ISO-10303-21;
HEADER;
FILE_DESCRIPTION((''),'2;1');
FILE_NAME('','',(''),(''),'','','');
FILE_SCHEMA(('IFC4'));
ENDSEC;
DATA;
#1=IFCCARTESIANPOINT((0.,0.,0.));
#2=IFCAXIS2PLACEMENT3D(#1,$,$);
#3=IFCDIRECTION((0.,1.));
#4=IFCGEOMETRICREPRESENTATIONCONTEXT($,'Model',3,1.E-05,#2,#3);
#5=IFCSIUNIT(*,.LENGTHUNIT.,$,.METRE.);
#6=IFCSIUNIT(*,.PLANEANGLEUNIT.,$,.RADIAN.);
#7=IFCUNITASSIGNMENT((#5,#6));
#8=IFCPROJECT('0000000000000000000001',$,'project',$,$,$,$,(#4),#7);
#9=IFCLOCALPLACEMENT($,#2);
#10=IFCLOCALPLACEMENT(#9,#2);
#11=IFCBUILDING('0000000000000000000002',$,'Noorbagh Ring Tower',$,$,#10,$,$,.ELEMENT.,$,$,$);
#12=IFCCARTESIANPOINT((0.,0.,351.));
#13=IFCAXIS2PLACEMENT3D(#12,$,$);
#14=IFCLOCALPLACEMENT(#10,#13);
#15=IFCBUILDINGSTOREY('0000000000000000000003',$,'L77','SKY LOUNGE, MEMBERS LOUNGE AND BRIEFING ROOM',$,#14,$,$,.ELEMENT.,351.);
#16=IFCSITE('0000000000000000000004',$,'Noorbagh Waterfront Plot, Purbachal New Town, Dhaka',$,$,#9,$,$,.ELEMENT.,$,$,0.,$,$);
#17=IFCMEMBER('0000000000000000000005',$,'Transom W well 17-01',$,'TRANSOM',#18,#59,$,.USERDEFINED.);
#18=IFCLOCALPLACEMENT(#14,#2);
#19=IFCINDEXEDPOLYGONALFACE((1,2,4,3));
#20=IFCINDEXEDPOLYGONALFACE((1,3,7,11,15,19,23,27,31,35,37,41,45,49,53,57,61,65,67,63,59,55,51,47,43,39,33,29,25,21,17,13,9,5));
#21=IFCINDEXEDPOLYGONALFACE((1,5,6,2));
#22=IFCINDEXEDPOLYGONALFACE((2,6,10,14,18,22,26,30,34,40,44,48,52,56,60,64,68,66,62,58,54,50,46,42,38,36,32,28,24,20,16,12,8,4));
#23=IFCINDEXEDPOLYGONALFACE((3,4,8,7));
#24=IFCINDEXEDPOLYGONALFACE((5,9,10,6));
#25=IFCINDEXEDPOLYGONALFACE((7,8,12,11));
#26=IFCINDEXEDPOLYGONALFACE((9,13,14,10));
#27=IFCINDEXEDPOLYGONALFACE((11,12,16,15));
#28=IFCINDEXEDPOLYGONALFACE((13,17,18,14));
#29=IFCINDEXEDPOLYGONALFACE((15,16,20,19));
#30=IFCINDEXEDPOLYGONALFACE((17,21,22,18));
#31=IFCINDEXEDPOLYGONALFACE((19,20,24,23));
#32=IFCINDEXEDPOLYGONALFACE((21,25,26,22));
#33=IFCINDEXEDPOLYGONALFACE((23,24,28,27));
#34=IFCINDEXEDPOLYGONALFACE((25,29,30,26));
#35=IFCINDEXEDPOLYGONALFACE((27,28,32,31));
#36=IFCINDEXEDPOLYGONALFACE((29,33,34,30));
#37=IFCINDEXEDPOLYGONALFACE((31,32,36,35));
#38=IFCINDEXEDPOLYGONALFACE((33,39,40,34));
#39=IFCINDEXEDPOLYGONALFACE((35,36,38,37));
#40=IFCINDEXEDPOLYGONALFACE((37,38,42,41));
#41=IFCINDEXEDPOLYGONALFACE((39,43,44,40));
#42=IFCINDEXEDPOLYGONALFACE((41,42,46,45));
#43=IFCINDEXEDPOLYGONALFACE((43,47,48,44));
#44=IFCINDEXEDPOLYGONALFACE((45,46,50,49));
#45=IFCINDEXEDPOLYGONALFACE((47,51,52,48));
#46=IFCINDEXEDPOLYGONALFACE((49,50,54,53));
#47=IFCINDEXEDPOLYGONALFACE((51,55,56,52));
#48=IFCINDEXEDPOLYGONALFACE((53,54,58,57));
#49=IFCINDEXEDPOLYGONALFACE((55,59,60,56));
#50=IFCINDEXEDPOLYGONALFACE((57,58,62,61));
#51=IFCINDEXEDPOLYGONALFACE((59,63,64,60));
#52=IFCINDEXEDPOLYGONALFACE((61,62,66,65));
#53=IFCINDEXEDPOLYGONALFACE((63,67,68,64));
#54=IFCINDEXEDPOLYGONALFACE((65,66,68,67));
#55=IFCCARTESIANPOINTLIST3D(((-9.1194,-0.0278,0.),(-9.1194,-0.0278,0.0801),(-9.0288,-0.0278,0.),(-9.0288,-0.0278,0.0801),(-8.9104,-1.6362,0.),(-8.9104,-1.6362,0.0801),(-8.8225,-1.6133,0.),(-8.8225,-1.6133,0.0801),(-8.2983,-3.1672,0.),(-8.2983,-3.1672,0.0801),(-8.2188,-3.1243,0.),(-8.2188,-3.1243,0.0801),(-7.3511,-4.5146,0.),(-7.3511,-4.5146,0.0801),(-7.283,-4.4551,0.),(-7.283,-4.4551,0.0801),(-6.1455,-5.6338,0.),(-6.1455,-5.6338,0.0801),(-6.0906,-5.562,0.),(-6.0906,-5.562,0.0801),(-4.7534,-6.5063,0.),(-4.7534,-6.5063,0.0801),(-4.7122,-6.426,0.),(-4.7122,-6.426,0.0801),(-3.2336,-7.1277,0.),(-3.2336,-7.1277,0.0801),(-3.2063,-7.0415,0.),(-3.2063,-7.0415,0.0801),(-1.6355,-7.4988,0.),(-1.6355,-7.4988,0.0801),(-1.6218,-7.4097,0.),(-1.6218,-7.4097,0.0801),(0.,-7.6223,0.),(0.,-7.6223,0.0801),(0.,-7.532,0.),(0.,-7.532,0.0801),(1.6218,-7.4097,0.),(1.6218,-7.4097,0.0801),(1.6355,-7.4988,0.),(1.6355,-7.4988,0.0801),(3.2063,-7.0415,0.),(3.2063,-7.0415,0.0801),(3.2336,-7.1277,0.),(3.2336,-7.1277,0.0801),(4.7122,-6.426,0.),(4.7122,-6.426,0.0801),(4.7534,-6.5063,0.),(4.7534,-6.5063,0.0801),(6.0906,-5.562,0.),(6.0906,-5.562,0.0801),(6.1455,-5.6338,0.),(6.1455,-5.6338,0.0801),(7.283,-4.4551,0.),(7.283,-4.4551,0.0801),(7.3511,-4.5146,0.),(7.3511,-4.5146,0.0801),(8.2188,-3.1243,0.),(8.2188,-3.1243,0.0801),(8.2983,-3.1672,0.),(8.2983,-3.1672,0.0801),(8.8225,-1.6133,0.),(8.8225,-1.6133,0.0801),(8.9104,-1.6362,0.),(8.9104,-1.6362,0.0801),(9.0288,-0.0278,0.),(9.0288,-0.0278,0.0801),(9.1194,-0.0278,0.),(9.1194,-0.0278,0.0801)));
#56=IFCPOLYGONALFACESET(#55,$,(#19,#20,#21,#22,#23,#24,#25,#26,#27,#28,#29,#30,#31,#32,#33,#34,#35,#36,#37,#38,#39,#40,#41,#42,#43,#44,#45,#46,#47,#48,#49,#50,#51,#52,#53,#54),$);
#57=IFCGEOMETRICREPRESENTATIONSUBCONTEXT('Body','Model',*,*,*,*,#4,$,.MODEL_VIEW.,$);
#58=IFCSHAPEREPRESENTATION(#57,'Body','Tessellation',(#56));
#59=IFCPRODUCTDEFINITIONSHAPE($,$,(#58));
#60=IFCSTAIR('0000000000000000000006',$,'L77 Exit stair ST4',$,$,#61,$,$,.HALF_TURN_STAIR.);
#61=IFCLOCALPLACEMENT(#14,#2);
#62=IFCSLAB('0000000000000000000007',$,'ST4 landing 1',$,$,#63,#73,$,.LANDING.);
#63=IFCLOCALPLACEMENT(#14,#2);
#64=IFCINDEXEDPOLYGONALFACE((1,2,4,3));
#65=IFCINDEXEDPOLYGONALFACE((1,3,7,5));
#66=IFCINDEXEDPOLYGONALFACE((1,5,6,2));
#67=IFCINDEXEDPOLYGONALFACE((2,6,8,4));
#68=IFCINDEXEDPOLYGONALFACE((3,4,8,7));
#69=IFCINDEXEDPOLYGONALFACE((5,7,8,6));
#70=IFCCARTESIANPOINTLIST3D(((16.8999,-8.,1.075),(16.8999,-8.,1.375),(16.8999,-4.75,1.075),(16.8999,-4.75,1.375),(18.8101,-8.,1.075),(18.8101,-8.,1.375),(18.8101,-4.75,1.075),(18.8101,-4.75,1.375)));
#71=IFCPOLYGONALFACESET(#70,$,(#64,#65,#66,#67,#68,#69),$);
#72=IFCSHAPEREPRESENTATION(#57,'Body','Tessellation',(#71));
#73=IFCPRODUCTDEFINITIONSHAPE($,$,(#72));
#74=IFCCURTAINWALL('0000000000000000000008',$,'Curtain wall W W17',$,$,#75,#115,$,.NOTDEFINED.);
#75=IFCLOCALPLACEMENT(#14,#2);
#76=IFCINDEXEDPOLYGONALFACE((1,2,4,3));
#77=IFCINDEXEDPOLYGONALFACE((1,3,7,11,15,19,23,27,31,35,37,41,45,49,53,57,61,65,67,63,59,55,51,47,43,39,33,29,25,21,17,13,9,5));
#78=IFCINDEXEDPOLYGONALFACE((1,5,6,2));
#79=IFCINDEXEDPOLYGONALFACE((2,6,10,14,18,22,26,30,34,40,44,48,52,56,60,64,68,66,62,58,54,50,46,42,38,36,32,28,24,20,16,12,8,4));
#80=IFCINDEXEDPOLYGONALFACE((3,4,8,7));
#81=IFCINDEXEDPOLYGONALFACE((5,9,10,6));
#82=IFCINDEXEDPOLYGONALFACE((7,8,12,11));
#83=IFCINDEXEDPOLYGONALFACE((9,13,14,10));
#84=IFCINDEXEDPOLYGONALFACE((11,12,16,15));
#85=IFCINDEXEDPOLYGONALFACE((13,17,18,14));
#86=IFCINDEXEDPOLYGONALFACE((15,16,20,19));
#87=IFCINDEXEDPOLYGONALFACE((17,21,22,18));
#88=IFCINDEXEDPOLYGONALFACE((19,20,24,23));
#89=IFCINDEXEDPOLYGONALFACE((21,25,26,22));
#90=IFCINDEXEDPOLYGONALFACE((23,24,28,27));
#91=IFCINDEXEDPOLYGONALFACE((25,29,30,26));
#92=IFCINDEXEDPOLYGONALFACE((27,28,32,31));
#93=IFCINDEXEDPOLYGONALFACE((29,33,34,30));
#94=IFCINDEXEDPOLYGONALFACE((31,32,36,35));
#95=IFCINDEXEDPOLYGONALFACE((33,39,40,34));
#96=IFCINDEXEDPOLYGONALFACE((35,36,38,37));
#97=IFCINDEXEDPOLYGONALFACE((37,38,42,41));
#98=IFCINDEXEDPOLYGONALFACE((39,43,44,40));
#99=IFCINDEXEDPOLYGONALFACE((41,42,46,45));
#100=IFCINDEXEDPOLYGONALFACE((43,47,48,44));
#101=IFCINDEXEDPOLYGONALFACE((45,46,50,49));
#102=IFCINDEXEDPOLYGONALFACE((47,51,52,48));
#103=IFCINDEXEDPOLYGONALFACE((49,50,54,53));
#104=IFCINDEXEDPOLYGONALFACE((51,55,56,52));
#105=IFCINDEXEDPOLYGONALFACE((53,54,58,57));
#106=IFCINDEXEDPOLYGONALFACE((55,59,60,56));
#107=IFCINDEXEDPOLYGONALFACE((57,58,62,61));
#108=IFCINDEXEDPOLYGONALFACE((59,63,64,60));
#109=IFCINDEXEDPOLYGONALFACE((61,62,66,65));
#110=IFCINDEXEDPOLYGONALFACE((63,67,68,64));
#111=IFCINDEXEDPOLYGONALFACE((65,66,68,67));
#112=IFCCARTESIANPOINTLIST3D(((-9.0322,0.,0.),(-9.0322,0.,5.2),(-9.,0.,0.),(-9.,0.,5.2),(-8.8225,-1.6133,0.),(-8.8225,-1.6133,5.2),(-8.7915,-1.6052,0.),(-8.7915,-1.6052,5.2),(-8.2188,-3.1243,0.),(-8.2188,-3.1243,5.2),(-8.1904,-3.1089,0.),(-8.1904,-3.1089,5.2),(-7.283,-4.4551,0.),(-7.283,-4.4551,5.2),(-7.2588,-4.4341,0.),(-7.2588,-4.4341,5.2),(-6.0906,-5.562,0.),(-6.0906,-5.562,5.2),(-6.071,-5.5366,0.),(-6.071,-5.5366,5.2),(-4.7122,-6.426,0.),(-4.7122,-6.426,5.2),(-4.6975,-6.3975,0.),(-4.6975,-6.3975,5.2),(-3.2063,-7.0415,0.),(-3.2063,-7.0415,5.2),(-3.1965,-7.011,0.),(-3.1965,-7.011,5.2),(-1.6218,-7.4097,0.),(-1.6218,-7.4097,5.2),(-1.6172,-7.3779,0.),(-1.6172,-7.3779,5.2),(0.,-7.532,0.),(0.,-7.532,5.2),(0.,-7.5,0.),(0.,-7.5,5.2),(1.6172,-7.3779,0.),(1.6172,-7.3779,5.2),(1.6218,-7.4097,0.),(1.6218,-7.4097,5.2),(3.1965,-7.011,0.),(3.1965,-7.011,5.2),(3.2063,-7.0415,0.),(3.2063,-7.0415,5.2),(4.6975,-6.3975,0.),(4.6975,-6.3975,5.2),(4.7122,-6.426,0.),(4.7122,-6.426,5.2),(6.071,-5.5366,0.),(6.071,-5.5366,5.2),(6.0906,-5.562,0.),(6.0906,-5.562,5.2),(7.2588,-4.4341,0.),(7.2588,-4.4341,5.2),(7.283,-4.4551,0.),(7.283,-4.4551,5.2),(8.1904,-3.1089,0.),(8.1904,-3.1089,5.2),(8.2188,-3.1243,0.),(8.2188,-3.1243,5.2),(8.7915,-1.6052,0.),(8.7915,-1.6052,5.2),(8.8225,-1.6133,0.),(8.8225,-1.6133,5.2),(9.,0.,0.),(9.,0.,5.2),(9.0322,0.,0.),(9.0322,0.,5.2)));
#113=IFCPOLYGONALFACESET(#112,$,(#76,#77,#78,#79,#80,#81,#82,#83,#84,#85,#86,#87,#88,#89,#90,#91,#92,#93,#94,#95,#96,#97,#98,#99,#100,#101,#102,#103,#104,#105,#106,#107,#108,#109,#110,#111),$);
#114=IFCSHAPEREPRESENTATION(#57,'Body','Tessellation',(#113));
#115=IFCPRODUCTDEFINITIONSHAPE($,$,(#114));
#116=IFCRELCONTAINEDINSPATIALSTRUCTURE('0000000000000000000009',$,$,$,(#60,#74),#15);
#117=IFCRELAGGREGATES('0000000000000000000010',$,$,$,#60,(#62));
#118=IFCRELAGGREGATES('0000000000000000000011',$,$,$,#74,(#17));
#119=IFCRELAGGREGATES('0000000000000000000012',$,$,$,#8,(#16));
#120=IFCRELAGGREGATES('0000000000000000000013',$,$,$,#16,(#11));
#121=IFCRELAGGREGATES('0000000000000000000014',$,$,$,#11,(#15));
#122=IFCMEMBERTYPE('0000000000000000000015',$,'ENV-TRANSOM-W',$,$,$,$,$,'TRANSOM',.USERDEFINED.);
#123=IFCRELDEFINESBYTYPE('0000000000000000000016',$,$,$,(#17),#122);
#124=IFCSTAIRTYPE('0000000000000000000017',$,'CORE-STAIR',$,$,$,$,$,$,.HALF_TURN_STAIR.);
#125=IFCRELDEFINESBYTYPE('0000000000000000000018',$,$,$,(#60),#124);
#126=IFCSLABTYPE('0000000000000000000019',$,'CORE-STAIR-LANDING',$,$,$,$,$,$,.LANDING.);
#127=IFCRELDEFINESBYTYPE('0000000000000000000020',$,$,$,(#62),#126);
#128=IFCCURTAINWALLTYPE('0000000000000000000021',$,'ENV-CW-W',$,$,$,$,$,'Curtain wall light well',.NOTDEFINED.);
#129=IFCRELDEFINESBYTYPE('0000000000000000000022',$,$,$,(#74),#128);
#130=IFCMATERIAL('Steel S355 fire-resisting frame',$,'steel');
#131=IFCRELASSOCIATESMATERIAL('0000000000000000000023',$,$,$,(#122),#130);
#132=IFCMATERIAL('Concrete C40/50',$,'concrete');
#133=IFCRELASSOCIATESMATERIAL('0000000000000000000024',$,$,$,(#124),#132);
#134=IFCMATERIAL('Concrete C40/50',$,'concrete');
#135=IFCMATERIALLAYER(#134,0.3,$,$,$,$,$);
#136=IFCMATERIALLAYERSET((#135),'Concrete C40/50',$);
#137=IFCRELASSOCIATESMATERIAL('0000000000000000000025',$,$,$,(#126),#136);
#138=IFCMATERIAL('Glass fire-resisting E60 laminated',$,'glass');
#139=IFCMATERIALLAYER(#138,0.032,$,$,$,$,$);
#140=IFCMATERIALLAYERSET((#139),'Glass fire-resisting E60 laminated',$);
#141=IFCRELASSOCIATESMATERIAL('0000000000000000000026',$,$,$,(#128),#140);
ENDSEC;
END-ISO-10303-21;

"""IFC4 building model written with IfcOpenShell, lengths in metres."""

from ifc_helpers import new_model, si_unit, direction, frame, origin, place, context, subcontext, project, spatial, polyline, outline, extrude, material, layer, layer_set, type_object, element, aggregate, save


model = new_model("IFC4")

# Units and contexts
model_context = context("Model", 3, precision=1e-05, world=origin(), true_north=direction((0.0, 1.0)))
body_context = subcontext(model_context, "Body", "Model", "MODEL_VIEW")
ifc_project = project(units=[si_unit("LENGTHUNIT", "METRE"), si_unit("PLANEANGLEUNIT", "RADIAN")], contexts=[model_context])

# Member
site_placement = place(None, origin())
building_placement = place(site_placement, origin())
storey_placement = place(building_placement, frame((0.0, 0.0, 351.0)))
ifc_material_1 = material(Name="Steel S355 fire-resisting frame", Category="steel")
member_type_1 = type_object("IfcMemberType", Name="ENV-TRANSOM-W", ElementType="TRANSOM", PredefinedType="USERDEFINED", material=ifc_material_1)
member_1_placement = place(storey_placement, origin())
member_1 = element("IfcMember", 1, at=member_1_placement, type_object=member_type_1, Name="Transom W well 17-01", ObjectType="TRANSOM", PredefinedType="USERDEFINED", context=body_context, shape_type="SweptSolid", body=[
    extrude(outline(polyline([(-9.1194, -0.0278), (-8.9104, -1.6362), (-8.2983, -3.1672), (-7.3511, -4.5146), (-6.1455, -5.6338), (-4.7534, -6.5063), (-3.2336, -7.1277), (-1.6355, -7.4988), (0.0, -7.6223), (1.6355, -7.4988), (3.2336, -7.1277), (4.7534, -6.5063), (6.1455, -5.6338), (7.3511, -4.5146), (8.2983, -3.1672), (8.9104, -1.6362), (9.1194, -0.0278), (9.0288, -0.0278), (8.8225, -1.6133), (8.2188, -3.1243), (7.283, -4.4551), (6.0906, -5.562), (4.7122, -6.426), (3.2063, -7.0415), (1.6218, -7.4097), (0.0, -7.532), (-1.6218, -7.4097), (-3.2063, -7.0415), (-4.7122, -6.426), (-6.0906, -5.562), (-7.283, -4.4551), (-8.2188, -3.1243), (-8.8225, -1.6133), (-9.0288, -0.0278), (-9.1194, -0.0278)])), origin(), (0.0, 0.0, 1.0), 0.0801),
])

# Site, building, storey
site = spatial("IfcSite", under=ifc_project, at=site_placement, Name="Noorbagh Waterfront Plot, Purbachal New Town, Dhaka", CompositionType="ELEMENT", RefElevation=0.0)
building = spatial("IfcBuilding", under=site, at=building_placement, Name="Noorbagh Ring Tower", CompositionType="ELEMENT")
storey = spatial("IfcBuildingStorey", under=building, at=storey_placement, Name="L77", Description="SKY LOUNGE, MEMBERS LOUNGE AND BRIEFING ROOM", CompositionType="ELEMENT", Elevation=351.0)

# Stair, slab
ifc_material_2 = material(Name="Concrete C40/50", Category="concrete")
stair_type = type_object("IfcStairType", Name="CORE-STAIR", PredefinedType="HALF_TURN_STAIR", material=ifc_material_2)
stair_placement = place(storey_placement, origin())
stair = element("IfcStair", 2, at=stair_placement, inside=storey, type_object=stair_type, Name="L77 Exit stair ST4", PredefinedType="HALF_TURN_STAIR")
ifc_material_3 = material(Name="Concrete C40/50", Category="concrete")
ifc_layer_1 = layer(ifc_material_3, 0.3)
ifc_layer_set_1 = layer_set([ifc_layer_1], Name="Concrete C40/50")
slab_type = type_object("IfcSlabType", Name="CORE-STAIR-LANDING", PredefinedType="LANDING", material=ifc_layer_set_1)
slab_placement = place(storey_placement, frame((0.0, 0.0, 1.075)))
slab = element("IfcSlab", 3, at=slab_placement, type_object=slab_type, Name="ST4 landing 1", PredefinedType="LANDING", context=body_context, shape_type="SweptSolid", body=[
    extrude(outline(polyline([(18.8101, -4.75), (16.8999, -4.75), (16.8999, -8.0), (18.8101, -8.0), (18.8101, -4.75)])), origin(), (0.0, 0.0, 1.0), 0.3),
])
aggregate(stair, [slab])

# Curtain wall
ifc_material_4 = material(Name="Glass fire-resisting E60 laminated", Category="glass")
ifc_layer_2 = layer(ifc_material_4, 0.032)
ifc_layer_set_2 = layer_set([ifc_layer_2], Name="Glass fire-resisting E60 laminated")
curtain_wall_type = type_object("IfcCurtainWallType", Name="ENV-CW-W", ElementType="Curtain wall light well", PredefinedType="NOTDEFINED", material=ifc_layer_set_2)
curtain_wall_1_placement = place(storey_placement, origin())
curtain_wall_1 = element("IfcCurtainWall", 4, at=curtain_wall_1_placement, inside=storey, type_object=curtain_wall_type, Name="Curtain wall W W17", PredefinedType="NOTDEFINED", context=body_context, shape_type="SweptSolid", body=[
    extrude(outline(polyline([(-9.0322, 0.0), (-8.8225, -1.6133), (-8.2188, -3.1243), (-7.283, -4.4551), (-6.0906, -5.562), (-4.7122, -6.426), (-3.2063, -7.0415), (-1.6218, -7.4097), (0.0, -7.532), (1.6218, -7.4097), (3.2063, -7.0415), (4.7122, -6.426), (6.0906, -5.562), (7.283, -4.4551), (8.2188, -3.1243), (8.8225, -1.6133), (9.0322, 0.0), (9.0, 0.0), (8.7915, -1.6052), (8.1904, -3.1089), (7.2588, -4.4341), (6.071, -5.5366), (4.6975, -6.3975), (3.1965, -7.011), (1.6172, -7.3779), (0.0, -7.5), (-1.6172, -7.3779), (-3.1965, -7.011), (-4.6975, -6.3975), (-6.071, -5.5366), (-7.2588, -4.4341), (-8.1904, -3.1089), (-8.7915, -1.6052), (-9.0, 0.0), (-9.0322, 0.0)])), origin(), (0.0, 0.0, 1.0), 5.2),
])
aggregate(curtain_wall_1, [member_1])

save(model, "model.ifc")
